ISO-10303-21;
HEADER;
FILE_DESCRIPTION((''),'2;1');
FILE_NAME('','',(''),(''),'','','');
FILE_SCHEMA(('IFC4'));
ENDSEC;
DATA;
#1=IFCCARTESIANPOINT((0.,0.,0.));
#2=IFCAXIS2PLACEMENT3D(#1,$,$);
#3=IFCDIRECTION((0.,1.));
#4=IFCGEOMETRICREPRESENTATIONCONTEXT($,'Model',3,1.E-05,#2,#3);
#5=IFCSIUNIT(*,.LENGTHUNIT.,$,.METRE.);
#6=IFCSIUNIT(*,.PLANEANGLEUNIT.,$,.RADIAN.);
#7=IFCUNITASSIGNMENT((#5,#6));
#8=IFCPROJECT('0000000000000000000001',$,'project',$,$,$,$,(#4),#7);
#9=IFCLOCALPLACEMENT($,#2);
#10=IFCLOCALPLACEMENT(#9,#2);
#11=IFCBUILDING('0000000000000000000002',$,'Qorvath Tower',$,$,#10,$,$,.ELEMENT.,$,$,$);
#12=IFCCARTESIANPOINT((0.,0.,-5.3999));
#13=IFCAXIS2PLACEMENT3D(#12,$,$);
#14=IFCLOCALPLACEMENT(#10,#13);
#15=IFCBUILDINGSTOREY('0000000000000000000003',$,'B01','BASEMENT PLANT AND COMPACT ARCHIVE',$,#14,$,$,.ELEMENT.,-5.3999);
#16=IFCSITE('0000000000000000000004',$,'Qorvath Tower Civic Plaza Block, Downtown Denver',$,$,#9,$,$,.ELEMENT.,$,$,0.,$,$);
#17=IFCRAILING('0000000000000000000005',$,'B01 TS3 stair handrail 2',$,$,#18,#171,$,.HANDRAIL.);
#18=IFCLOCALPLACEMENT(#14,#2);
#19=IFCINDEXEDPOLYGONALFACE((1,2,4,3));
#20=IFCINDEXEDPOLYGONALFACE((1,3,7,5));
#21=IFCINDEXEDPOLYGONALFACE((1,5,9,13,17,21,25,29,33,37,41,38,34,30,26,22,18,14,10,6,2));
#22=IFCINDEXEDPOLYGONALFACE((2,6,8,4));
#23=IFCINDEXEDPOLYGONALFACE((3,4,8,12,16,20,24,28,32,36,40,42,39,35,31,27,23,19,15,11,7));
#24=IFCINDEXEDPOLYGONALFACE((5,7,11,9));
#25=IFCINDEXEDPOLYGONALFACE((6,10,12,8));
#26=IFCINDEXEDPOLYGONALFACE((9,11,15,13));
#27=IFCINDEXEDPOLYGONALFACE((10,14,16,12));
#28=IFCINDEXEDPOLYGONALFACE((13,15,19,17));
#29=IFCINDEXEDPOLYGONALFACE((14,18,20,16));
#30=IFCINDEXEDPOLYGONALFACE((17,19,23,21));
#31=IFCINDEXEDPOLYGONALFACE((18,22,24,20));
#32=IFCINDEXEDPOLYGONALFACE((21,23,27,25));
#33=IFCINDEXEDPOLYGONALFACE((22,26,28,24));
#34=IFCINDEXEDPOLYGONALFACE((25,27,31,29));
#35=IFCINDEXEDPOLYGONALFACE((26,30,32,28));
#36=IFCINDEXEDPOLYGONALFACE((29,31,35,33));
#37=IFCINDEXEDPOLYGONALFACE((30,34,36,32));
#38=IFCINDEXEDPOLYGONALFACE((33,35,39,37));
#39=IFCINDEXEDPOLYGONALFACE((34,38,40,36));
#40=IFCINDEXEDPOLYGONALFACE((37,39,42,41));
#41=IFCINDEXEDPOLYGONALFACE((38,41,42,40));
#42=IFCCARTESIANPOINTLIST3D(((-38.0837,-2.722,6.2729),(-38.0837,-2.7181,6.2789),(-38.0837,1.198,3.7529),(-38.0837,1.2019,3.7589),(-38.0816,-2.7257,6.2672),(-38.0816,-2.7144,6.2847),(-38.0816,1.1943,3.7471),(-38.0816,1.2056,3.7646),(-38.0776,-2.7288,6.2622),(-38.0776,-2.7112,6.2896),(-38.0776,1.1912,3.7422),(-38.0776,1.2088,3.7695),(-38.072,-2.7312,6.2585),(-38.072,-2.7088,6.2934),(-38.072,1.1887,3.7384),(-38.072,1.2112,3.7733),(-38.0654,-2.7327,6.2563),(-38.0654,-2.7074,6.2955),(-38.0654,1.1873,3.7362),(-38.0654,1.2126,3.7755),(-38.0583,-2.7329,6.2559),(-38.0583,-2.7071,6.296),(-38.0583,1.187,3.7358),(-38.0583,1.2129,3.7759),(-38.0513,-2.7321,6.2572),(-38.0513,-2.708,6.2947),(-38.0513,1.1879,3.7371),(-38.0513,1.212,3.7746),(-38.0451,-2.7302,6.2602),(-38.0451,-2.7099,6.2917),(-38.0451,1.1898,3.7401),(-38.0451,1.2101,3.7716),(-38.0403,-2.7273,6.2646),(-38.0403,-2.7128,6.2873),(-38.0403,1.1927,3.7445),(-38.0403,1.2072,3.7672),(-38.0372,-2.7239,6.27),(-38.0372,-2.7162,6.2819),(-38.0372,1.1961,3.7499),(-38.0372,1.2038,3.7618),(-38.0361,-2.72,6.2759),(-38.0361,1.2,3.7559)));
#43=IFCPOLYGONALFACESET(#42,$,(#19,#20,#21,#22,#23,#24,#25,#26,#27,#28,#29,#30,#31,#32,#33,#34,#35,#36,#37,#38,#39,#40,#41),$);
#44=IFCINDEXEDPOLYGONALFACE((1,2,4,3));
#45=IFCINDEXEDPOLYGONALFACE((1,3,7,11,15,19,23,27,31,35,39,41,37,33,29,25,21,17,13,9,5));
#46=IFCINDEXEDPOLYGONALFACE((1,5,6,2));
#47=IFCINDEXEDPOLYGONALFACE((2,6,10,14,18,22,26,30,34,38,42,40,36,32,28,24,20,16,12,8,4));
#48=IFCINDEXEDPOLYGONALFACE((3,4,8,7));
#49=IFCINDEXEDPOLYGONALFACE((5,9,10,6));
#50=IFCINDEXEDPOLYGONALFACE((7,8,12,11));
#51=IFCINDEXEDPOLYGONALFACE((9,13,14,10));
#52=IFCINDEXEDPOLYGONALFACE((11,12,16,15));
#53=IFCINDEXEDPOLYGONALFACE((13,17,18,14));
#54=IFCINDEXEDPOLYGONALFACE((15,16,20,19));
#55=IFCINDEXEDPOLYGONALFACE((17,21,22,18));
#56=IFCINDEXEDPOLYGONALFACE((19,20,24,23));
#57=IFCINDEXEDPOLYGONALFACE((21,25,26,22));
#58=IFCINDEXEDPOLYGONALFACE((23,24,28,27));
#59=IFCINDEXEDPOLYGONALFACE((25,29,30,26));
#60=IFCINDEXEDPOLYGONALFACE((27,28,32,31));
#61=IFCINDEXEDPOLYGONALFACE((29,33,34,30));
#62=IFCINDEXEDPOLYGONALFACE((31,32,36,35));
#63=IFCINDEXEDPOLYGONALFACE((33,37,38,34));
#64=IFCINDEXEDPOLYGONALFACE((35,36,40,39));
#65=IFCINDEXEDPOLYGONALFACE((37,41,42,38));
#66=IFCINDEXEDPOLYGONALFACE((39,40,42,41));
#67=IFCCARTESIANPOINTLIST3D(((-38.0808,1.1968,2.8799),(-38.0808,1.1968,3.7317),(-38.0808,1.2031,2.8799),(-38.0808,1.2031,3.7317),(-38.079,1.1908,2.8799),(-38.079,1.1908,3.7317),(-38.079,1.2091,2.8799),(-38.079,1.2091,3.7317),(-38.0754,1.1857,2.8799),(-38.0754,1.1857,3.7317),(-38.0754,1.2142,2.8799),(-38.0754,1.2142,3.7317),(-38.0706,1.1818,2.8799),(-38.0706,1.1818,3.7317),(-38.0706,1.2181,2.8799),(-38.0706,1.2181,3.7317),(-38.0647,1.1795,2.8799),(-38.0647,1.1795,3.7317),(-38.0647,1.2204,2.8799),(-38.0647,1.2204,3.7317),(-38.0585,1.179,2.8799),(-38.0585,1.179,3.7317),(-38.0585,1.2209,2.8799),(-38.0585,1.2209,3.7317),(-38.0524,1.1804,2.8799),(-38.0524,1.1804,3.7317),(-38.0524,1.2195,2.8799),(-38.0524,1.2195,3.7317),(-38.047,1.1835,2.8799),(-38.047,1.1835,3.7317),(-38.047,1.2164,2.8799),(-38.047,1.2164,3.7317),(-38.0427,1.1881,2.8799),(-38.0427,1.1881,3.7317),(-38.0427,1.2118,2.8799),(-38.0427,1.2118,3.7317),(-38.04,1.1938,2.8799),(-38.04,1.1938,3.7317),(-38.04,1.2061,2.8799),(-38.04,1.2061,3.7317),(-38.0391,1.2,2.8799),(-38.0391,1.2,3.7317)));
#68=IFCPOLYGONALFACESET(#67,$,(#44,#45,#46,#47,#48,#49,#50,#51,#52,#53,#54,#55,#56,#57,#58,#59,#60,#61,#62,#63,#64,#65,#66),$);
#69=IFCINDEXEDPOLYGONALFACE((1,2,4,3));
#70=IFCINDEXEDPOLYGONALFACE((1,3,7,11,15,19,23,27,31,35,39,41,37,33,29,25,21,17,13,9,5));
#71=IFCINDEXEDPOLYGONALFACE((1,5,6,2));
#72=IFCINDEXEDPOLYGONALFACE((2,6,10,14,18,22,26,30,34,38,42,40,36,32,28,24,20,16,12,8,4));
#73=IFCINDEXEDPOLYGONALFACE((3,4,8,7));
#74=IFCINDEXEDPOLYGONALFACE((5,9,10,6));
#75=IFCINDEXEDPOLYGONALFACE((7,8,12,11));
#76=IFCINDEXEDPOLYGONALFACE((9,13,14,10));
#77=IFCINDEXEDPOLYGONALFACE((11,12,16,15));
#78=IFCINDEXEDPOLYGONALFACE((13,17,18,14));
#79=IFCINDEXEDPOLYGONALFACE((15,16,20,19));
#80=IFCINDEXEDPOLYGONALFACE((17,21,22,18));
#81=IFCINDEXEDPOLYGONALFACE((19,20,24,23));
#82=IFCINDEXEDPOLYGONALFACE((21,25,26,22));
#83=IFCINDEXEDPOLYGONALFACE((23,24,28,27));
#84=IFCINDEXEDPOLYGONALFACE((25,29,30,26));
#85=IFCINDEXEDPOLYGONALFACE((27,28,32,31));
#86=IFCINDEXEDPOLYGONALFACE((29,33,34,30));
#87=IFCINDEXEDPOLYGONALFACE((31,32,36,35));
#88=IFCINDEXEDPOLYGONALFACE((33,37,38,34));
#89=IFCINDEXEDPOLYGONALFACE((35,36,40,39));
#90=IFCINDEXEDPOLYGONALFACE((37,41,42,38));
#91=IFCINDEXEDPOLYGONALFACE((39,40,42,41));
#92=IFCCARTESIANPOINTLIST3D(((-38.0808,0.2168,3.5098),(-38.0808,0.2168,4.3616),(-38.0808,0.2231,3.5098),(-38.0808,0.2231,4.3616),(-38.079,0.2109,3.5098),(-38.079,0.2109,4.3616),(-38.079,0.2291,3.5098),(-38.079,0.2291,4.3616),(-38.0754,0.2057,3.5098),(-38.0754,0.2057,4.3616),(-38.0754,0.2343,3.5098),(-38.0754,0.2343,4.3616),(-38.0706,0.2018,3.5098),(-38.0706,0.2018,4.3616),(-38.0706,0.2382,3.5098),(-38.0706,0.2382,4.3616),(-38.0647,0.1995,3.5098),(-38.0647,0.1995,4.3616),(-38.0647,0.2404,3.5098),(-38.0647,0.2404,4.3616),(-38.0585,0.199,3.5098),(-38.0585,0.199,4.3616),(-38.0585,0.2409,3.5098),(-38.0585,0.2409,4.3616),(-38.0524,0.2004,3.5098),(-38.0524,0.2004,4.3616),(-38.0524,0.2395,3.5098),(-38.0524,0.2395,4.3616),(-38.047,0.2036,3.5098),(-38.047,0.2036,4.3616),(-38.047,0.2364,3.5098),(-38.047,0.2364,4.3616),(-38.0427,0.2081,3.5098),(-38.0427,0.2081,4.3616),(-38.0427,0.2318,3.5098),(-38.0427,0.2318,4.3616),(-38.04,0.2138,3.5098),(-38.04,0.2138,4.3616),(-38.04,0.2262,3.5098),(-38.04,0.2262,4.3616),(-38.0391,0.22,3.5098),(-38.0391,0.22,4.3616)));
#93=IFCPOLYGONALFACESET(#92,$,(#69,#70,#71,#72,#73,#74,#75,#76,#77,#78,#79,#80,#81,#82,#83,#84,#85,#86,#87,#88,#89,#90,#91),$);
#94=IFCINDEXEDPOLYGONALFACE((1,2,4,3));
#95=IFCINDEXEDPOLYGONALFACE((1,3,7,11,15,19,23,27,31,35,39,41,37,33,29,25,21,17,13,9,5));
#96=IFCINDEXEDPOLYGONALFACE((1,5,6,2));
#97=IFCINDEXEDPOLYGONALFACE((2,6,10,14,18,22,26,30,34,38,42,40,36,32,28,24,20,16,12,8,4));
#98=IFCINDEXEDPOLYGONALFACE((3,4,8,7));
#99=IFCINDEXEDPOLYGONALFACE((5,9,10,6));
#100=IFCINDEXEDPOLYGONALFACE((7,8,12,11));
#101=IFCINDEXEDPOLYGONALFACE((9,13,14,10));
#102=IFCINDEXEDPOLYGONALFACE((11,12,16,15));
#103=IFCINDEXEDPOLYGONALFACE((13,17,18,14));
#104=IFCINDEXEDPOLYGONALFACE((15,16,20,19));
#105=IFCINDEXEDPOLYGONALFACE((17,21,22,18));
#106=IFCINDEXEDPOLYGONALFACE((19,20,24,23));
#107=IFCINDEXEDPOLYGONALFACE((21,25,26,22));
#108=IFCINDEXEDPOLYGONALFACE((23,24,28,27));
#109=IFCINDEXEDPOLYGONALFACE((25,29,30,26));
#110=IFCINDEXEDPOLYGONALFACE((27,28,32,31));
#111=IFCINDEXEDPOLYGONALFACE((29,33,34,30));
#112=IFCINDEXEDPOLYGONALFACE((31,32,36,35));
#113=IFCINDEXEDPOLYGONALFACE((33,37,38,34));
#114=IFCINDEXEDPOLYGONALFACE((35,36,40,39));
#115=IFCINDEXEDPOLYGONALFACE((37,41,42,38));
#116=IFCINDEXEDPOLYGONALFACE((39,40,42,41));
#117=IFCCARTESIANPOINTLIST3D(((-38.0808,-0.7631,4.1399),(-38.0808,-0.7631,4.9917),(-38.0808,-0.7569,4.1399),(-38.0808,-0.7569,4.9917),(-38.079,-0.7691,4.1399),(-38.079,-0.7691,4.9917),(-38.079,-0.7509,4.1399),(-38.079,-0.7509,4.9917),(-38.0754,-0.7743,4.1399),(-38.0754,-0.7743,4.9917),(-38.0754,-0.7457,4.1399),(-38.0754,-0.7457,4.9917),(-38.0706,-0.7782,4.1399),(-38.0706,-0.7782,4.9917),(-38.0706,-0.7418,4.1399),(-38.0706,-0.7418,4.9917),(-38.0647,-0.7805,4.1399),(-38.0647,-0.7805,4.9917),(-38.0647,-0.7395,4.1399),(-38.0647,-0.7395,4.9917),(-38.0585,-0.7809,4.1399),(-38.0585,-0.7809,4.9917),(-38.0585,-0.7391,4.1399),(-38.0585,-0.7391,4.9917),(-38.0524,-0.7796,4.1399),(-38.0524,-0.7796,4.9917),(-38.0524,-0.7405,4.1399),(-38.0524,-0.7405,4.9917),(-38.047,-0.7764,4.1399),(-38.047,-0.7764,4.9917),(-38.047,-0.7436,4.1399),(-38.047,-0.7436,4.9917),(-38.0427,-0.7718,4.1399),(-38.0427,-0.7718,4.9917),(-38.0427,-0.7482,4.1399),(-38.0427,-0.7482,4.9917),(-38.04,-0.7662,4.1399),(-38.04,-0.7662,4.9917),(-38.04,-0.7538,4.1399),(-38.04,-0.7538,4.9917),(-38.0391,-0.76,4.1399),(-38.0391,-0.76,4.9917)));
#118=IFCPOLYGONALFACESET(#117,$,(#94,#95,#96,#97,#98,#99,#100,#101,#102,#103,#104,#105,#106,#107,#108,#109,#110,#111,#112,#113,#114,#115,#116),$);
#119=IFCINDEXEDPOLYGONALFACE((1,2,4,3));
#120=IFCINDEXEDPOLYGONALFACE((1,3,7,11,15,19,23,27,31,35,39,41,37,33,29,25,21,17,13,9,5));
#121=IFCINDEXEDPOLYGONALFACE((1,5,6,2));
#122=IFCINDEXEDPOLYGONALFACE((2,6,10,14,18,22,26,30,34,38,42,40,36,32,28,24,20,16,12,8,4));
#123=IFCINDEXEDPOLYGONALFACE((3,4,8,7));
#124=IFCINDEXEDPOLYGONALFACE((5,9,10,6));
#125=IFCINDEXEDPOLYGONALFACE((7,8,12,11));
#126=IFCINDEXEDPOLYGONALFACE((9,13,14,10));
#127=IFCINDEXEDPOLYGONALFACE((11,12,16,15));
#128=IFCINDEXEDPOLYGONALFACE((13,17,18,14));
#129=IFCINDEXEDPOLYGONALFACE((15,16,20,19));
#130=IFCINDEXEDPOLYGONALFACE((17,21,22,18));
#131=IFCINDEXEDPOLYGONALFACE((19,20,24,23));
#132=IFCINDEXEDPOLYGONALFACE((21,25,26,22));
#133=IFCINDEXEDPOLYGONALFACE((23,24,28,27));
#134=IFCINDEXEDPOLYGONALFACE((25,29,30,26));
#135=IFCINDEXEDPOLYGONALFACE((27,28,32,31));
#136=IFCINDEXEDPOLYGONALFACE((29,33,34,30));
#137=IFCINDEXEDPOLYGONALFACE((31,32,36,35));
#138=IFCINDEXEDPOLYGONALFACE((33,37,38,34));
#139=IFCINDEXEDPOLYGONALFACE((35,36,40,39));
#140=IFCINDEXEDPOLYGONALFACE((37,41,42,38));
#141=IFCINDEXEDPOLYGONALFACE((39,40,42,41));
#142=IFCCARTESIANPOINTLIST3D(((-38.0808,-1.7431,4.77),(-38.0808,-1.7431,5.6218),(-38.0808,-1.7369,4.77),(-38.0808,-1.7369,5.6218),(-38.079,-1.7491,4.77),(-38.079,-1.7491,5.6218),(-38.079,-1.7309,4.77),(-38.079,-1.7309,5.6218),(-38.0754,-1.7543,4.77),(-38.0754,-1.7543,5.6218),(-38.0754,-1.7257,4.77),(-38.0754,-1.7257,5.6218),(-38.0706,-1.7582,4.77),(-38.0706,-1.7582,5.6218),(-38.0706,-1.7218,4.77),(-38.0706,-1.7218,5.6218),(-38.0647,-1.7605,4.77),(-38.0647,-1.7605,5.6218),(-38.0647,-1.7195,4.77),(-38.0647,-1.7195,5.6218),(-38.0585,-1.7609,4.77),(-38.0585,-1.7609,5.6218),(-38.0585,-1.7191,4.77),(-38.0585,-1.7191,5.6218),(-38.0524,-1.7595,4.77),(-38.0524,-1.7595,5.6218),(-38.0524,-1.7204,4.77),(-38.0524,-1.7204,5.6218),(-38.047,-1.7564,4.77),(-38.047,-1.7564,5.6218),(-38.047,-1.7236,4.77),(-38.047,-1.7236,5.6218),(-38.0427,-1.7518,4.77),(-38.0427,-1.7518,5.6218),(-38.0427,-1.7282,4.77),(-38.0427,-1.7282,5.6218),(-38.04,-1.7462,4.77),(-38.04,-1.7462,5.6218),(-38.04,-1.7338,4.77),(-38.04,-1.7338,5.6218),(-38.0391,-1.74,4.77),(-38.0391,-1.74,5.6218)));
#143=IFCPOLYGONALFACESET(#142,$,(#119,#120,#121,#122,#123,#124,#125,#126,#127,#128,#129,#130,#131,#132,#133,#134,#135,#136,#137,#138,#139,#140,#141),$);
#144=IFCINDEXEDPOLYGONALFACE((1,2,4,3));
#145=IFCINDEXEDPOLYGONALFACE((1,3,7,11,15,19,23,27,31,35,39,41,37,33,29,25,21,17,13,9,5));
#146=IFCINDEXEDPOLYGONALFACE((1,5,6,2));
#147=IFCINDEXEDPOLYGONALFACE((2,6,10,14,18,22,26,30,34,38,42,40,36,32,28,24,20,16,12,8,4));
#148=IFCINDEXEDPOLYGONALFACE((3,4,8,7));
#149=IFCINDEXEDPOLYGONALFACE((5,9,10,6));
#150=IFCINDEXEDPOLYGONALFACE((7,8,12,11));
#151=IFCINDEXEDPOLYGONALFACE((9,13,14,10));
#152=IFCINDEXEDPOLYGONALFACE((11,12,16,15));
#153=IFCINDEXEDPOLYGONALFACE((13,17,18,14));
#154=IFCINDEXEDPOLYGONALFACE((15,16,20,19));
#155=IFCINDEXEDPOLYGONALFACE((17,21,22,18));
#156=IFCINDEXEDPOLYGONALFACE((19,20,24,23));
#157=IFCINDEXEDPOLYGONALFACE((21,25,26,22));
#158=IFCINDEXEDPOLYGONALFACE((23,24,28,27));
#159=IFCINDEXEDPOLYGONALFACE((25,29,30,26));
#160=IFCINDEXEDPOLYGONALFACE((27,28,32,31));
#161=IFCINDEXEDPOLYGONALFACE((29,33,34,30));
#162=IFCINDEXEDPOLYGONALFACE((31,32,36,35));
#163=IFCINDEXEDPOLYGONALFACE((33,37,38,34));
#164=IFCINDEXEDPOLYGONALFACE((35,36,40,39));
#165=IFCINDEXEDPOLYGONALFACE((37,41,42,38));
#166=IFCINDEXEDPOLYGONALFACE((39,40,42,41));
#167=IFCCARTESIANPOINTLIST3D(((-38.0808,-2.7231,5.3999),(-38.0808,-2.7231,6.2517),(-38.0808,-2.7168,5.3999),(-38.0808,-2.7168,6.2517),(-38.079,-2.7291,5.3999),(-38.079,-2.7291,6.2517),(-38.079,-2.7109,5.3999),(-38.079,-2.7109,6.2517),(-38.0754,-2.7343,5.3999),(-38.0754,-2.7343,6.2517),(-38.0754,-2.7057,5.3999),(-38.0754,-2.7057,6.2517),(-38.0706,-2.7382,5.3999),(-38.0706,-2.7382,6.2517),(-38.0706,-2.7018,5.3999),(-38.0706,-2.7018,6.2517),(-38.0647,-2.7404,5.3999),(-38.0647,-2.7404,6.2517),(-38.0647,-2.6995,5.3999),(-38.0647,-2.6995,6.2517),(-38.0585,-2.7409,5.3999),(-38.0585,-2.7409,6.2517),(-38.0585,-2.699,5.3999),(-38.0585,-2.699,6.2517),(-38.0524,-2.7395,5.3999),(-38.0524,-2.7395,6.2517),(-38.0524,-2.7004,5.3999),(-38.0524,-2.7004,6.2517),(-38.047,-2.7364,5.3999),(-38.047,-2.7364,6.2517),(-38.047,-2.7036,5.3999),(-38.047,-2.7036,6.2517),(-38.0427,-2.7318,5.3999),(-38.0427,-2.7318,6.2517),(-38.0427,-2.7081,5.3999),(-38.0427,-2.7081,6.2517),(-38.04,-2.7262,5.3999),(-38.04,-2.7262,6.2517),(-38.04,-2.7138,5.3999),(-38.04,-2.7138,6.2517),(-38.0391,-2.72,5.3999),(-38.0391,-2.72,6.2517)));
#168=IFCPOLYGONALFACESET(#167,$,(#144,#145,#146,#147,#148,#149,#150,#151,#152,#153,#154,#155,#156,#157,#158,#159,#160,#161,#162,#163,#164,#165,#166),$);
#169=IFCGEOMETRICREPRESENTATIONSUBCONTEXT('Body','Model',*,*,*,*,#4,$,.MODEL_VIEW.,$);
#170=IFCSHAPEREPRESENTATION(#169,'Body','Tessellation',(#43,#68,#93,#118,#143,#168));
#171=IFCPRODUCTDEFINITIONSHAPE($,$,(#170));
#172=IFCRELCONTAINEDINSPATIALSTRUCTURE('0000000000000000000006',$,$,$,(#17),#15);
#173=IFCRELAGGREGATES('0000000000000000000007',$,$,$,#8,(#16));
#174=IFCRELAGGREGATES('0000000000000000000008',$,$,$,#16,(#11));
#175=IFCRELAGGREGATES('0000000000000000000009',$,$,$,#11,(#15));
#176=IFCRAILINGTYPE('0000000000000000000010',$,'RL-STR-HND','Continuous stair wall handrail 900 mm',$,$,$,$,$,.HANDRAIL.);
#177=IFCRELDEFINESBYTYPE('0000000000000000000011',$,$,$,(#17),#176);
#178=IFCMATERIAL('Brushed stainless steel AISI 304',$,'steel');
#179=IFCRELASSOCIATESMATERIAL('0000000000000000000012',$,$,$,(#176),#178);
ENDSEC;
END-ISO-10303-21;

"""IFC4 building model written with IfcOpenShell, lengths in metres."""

from ifc_helpers import new_model, si_unit, direction, frame, origin, origin_2d, place, context, subcontext, project, spatial, circle, extrude, material, type_object, element, save


model = new_model("IFC4")

# Units and contexts
model_context = context("Model", 3, precision=1e-05, world=origin(), true_north=direction((0.0, 1.0)))
body_context = subcontext(model_context, "Body", "Model", "MODEL_VIEW")
ifc_project = project(units=[si_unit("LENGTHUNIT", "METRE"), si_unit("PLANEANGLEUNIT", "RADIAN")], contexts=[model_context])

# Site, building, storey
site_placement = place(None, origin())
site = spatial("IfcSite", under=ifc_project, at=site_placement, Name="Qorvath Tower Civic Plaza Block, Downtown Denver", CompositionType="ELEMENT", RefElevation=0.0)
building_placement = place(site_placement, origin())
building = spatial("IfcBuilding", under=site, at=building_placement, Name="Qorvath Tower", CompositionType="ELEMENT")
storey_placement = place(building_placement, frame((0.0, 0.0, -5.3999)))
storey = spatial("IfcBuildingStorey", under=building, at=storey_placement, Name="B01", Description="BASEMENT PLANT AND COMPACT ARCHIVE", CompositionType="ELEMENT", Elevation=-5.3999)

# Railing
ifc_material_1 = material(Name="Brushed stainless steel AISI 304", Category="steel")
railing_type_1 = type_object("IfcRailingType", Name="RL-STR-HND", Description="Continuous stair wall handrail 900 mm", PredefinedType="HANDRAIL", material=ifc_material_1)
railing_1_placement = place(storey_placement, frame((-38.0601, 1.2, 2.8799)))
element("IfcRailing", 1, at=railing_1_placement, inside=storey, type_object=railing_type_1, Name="B01 TS3 stair handrail 2", PredefinedType="HANDRAIL", context=body_context, shape_type="SweptSolid", body=[
    extrude(circle(Radius=0.0239, at=origin_2d()), frame((0.0, 0.0, 0.876), z_axis=(0.0, -0.841172, 0.540768), x_axis=(1.0, 0.0, 0.0)), (0.0, 0.0, 1.0), 4.6602),
    extrude(circle(Radius=0.021, at=origin_2d()), origin(), (0.0, 0.0, 1.0), 0.8518),
    extrude(circle(Radius=0.021, at=origin_2d()), frame((0.0, -0.98, 0.6299)), (0.0, 0.0, 1.0), 0.8518),
    extrude(circle(Radius=0.021, at=origin_2d()), frame((0.0, -1.96, 1.26)), (0.0, 0.0, 1.0), 0.8518),
    extrude(circle(Radius=0.021, at=origin_2d()), frame((0.0, -2.9399, 1.8901)), (0.0, 0.0, 1.0), 0.8518),
    extrude(circle(Radius=0.021, at=origin_2d()), frame((0.0, -3.9199, 2.52)), (0.0, 0.0, 1.0), 0.8518),
])

save(model, "model.ifc")
